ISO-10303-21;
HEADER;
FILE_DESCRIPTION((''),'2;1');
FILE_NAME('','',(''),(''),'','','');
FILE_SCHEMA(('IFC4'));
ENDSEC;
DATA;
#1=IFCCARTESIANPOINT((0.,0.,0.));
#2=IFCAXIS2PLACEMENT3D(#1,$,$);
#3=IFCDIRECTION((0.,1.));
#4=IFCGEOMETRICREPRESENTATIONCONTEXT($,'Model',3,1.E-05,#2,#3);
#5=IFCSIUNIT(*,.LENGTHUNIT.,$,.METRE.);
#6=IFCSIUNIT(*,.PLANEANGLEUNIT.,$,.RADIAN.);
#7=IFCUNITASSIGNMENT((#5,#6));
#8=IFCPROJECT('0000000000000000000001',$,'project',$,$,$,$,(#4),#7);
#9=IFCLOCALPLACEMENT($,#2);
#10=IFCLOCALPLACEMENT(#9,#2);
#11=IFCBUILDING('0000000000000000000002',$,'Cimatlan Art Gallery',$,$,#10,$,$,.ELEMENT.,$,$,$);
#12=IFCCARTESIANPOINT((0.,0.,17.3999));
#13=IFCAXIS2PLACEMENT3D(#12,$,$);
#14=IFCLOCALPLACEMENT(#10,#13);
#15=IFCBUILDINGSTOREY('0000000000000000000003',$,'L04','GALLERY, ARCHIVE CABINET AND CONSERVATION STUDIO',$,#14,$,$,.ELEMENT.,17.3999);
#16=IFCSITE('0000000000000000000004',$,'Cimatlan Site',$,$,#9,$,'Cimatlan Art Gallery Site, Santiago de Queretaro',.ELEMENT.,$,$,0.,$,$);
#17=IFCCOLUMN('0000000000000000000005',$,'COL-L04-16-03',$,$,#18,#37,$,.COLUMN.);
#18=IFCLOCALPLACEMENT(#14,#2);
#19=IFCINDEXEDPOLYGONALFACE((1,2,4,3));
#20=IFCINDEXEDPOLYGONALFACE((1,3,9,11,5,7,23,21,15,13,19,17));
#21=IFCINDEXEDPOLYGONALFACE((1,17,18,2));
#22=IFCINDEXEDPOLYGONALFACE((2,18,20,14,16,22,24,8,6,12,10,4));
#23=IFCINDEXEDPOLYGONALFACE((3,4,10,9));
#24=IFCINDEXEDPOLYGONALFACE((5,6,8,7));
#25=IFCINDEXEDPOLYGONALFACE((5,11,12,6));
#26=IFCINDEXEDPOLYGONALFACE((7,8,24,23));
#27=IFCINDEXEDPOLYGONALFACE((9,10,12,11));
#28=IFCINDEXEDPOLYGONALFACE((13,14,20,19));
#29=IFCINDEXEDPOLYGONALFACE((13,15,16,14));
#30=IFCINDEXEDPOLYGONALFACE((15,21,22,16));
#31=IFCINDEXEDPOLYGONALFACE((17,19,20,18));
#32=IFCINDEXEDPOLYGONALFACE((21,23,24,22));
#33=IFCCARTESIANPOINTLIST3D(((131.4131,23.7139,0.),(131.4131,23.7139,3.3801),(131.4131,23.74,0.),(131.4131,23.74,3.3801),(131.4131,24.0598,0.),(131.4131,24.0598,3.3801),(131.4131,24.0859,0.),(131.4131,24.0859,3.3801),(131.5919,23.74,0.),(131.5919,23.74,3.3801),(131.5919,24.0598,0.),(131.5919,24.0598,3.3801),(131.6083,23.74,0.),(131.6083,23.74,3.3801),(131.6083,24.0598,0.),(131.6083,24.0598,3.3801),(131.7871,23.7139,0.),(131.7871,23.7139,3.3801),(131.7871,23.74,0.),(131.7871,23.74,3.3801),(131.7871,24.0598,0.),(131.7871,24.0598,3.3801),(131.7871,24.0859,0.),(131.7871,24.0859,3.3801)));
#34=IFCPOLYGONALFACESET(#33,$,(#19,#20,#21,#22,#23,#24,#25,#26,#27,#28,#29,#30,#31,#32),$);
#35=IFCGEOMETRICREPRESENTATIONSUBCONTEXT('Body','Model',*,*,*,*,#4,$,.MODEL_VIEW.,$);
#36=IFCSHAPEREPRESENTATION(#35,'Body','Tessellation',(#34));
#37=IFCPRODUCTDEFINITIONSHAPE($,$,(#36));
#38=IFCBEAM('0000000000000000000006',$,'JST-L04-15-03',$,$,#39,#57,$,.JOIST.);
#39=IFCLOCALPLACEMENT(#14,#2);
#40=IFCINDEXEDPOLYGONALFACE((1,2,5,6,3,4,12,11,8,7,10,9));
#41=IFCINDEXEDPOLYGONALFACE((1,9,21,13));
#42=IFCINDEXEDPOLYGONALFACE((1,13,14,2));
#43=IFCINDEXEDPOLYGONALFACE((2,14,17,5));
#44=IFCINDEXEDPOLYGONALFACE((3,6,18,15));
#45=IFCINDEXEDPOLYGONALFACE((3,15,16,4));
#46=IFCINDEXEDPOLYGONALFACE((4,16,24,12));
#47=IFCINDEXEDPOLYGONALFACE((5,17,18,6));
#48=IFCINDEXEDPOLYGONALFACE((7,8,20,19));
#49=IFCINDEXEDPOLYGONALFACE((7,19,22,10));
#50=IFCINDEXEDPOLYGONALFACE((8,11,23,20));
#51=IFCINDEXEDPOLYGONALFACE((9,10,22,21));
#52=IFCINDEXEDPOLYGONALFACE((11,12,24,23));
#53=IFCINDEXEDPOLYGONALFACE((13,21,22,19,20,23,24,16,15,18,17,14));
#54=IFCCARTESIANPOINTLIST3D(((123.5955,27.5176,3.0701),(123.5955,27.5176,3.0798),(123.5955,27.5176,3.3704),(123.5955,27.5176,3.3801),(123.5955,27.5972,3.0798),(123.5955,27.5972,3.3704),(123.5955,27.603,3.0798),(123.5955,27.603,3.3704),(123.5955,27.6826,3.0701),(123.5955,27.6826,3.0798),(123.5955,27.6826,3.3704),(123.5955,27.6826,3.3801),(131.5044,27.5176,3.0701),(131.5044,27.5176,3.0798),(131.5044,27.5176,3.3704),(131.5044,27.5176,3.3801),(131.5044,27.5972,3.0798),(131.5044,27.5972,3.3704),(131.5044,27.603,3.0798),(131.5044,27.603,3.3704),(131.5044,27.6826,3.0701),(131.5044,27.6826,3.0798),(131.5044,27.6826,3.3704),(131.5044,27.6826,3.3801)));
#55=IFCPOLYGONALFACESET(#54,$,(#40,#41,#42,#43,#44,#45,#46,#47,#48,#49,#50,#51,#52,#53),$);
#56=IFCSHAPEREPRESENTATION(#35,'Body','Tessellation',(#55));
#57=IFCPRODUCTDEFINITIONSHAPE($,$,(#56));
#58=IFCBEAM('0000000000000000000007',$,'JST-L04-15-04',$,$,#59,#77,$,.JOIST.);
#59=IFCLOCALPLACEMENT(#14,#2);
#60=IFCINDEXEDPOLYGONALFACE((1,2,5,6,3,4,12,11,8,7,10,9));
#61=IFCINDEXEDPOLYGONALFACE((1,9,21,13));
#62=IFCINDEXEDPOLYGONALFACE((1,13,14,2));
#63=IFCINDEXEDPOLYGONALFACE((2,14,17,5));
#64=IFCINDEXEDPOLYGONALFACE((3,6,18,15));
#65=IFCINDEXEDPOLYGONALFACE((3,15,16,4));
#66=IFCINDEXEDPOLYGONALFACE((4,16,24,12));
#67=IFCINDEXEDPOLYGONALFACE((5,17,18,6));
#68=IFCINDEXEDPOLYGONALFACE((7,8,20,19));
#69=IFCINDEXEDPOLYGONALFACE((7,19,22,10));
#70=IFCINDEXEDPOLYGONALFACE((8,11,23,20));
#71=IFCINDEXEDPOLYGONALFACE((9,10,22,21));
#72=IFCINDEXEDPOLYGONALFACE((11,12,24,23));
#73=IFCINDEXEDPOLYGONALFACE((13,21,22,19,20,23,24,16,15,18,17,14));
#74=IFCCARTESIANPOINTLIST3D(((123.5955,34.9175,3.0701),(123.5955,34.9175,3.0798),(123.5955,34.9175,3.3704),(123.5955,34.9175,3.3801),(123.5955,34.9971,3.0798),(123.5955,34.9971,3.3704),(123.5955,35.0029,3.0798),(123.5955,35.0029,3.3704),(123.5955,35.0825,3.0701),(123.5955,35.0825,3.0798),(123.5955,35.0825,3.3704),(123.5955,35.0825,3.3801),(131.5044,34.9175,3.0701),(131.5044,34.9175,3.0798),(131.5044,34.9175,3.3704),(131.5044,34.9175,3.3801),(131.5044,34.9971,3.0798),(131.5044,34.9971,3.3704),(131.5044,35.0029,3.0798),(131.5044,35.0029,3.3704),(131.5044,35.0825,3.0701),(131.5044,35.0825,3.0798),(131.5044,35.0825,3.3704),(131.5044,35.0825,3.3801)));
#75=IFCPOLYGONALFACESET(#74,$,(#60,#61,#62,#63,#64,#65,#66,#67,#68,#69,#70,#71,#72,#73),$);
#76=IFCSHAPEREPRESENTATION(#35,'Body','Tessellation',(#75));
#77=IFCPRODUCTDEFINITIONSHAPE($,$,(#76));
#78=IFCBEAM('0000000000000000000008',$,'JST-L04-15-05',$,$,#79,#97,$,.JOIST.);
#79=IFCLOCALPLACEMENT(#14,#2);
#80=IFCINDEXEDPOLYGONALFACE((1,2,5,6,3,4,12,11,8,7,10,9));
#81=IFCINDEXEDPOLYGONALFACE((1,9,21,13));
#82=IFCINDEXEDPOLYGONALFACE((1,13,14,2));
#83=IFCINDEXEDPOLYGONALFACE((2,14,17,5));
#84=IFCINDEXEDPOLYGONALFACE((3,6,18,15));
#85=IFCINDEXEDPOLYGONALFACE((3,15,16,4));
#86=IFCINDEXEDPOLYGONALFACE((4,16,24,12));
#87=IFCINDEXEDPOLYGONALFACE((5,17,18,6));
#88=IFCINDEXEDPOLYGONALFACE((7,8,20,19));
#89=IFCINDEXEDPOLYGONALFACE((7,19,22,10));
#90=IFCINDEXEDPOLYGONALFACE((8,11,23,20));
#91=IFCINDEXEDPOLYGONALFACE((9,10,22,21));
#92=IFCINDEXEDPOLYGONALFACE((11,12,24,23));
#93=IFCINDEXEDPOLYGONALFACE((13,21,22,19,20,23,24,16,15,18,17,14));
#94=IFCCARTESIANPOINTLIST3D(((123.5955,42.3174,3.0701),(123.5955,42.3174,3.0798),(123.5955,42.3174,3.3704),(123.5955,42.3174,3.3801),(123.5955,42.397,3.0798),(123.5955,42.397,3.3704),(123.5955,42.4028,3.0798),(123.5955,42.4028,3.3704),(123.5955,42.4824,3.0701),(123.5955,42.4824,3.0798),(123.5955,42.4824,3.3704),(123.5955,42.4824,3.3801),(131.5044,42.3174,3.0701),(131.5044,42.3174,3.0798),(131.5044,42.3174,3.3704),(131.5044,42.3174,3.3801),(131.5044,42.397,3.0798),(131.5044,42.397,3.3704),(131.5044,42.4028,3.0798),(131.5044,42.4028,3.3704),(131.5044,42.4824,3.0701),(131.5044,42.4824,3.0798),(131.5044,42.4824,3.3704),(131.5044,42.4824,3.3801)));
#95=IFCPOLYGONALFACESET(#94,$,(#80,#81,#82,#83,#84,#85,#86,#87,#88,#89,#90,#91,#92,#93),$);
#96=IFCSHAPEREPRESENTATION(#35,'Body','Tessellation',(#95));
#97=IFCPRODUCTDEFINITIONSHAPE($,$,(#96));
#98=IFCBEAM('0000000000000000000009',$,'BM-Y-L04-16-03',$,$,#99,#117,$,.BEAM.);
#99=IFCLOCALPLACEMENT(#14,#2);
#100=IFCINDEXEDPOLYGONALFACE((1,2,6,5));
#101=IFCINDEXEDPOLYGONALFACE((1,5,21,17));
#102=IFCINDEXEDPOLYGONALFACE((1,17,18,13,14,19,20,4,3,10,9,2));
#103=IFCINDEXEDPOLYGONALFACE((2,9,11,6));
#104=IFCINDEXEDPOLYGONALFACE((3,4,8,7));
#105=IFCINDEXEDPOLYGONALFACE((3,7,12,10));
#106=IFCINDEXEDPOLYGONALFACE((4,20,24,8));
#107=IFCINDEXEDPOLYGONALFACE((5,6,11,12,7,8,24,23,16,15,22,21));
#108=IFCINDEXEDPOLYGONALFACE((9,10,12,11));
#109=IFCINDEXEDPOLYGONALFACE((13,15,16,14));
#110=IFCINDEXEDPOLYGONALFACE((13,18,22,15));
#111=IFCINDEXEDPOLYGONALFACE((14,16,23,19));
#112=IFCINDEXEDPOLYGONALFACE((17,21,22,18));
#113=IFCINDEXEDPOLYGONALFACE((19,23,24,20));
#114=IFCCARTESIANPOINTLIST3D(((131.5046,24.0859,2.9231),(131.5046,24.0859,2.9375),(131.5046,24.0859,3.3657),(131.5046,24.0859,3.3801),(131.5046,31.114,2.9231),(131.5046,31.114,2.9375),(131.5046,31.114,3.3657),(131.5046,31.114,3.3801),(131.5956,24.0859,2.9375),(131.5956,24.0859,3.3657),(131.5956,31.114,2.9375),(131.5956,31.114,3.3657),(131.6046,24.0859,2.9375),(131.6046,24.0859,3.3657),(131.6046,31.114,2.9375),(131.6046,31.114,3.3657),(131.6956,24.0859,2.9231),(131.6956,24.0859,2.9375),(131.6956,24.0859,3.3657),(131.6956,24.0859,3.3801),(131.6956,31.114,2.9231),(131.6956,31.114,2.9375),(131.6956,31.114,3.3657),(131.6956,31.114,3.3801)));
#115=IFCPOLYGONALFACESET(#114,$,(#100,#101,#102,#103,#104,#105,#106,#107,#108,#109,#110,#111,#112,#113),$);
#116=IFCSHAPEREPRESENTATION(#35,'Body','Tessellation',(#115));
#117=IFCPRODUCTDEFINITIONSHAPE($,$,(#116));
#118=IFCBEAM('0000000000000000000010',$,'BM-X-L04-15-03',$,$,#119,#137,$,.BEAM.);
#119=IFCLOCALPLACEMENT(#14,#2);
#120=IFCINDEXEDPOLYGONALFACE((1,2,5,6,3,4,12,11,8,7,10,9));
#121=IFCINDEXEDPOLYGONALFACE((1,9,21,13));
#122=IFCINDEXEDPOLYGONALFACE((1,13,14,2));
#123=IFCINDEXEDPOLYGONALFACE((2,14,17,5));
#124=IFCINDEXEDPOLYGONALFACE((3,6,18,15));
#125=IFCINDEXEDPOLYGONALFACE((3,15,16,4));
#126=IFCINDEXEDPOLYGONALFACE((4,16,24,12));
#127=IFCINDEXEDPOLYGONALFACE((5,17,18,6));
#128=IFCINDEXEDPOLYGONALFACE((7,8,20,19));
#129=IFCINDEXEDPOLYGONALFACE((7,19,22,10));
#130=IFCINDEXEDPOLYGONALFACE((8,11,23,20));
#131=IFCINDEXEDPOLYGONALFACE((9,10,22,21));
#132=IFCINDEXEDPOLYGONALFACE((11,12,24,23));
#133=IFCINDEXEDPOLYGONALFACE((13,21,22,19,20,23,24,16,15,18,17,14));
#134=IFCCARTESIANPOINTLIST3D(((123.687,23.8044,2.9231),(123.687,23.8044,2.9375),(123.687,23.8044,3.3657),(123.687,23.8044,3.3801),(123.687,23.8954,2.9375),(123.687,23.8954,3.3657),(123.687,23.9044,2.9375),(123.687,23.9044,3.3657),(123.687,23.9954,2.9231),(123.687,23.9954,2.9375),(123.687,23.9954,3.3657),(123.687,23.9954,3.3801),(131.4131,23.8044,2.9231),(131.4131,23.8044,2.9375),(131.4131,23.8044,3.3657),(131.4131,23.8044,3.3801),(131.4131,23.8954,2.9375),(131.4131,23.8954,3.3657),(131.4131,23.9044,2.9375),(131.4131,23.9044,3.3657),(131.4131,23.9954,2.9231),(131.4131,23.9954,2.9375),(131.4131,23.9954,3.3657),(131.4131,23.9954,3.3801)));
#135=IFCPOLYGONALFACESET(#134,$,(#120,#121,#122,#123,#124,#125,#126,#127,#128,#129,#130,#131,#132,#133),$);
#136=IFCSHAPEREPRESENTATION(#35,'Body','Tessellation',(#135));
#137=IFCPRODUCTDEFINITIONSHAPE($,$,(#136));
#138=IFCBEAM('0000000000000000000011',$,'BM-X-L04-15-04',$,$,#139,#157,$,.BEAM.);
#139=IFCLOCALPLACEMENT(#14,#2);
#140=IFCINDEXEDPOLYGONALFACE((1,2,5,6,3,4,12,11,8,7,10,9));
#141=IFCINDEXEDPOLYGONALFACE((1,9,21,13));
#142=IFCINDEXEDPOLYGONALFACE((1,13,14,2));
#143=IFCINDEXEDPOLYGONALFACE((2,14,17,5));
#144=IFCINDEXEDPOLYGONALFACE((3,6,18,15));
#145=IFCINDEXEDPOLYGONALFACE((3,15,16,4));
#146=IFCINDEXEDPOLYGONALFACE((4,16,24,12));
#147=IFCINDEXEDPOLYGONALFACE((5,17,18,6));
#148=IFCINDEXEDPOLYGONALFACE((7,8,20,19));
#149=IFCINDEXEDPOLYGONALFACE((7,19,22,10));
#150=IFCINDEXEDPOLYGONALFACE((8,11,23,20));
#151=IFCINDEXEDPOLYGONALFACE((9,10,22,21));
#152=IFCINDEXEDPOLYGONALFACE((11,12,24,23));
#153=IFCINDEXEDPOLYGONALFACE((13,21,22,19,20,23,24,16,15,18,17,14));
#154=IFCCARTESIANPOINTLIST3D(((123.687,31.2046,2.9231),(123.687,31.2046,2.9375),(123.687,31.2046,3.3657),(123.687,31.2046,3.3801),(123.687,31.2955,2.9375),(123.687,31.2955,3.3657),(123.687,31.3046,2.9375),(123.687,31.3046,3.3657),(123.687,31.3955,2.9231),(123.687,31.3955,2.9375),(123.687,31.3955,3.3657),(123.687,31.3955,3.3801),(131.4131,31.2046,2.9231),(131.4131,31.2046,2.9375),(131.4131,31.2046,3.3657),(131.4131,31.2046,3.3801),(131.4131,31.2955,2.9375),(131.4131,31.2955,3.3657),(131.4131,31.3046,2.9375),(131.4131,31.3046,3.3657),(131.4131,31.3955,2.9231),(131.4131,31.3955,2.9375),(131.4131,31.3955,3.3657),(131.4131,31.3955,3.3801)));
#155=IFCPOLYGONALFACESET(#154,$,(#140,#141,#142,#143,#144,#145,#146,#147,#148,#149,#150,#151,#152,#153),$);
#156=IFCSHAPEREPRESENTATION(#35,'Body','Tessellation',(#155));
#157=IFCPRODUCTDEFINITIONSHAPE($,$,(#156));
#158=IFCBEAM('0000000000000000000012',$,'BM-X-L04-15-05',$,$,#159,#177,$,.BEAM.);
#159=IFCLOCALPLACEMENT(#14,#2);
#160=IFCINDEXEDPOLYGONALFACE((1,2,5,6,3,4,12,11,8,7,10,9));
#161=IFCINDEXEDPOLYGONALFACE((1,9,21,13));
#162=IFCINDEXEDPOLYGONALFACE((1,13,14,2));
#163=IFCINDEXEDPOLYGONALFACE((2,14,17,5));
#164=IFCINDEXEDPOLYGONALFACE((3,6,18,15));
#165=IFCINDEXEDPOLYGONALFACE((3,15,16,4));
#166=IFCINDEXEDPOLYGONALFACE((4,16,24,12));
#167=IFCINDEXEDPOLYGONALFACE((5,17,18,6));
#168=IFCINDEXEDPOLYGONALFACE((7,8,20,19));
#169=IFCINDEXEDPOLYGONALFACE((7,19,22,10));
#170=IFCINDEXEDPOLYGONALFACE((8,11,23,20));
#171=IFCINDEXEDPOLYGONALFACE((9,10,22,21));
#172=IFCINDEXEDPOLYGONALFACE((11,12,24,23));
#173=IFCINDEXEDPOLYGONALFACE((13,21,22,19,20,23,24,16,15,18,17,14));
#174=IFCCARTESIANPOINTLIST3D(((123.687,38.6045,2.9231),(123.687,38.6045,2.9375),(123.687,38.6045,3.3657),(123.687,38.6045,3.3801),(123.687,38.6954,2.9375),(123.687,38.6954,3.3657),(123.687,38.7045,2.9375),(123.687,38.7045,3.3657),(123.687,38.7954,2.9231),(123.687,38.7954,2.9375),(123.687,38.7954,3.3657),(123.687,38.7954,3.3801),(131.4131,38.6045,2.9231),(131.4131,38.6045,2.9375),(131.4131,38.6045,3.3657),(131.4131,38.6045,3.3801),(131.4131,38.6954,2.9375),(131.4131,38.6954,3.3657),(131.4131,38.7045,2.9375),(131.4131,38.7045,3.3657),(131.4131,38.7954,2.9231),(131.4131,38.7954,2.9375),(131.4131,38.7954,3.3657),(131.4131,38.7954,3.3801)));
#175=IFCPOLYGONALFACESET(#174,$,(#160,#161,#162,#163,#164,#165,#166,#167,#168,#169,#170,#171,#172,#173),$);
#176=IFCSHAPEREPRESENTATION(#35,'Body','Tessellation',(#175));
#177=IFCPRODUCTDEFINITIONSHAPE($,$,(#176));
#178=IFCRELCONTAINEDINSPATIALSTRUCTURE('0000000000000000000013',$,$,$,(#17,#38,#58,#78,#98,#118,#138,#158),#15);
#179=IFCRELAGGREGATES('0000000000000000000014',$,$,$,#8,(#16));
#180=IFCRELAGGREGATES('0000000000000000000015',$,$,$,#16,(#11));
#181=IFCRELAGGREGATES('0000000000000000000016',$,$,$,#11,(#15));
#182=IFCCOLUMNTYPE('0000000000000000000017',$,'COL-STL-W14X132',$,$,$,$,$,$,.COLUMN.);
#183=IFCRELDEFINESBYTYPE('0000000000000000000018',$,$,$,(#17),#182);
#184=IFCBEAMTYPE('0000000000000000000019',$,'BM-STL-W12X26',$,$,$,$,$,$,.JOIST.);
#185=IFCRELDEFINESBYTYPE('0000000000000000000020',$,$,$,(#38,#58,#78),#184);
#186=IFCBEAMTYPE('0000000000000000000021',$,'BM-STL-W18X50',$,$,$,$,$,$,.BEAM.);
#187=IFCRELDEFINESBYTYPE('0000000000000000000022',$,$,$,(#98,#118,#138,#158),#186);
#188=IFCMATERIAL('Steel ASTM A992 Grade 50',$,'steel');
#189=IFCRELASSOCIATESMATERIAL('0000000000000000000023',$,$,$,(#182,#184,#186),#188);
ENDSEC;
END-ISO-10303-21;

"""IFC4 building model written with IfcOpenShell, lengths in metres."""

from ifc_helpers import new_model, si_unit, direction, frame, origin, origin_2d, place, context, subcontext, project, spatial, i_section, extrude, material, material_profile, profile_set, type_object, element, save


model = new_model("IFC4")

# Units and contexts
model_context = context("Model", 3, precision=1e-05, world=origin(), true_north=direction((0.0, 1.0)))
body_context = subcontext(model_context, "Body", "Model", "MODEL_VIEW")
ifc_project = project(units=[si_unit("LENGTHUNIT", "METRE"), si_unit("PLANEANGLEUNIT", "RADIAN")], contexts=[model_context])

# Site, building, storey
site_placement = place(None, origin())
site = spatial("IfcSite", under=ifc_project, at=site_placement, Name="Cimatlan Site", LongName="Cimatlan Art Gallery Site, Santiago de Queretaro", CompositionType="ELEMENT", RefElevation=0.0)
building_placement = place(site_placement, origin())
building = spatial("IfcBuilding", under=site, at=building_placement, Name="Cimatlan Art Gallery", CompositionType="ELEMENT")
storey_placement = place(building_placement, frame((0.0, 0.0, 17.3999)))
storey = spatial("IfcBuildingStorey", under=building, at=storey_placement, Name="L04", Description="GALLERY, ARCHIVE CABINET AND CONSERVATION STUDIO", CompositionType="ELEMENT", Elevation=17.3999)

# Column
ifc_material_1 = material(Name="Steel ASTM A992 Grade 50", Category="steel")
ifc_material_profile_1 = material_profile(ifc_material_1, i_section(OverallWidth=0.374, OverallDepth=0.3721, WebThickness=0.0164, FlangeThickness=0.0261, at=origin_2d()), Name="W14X132")
ifc_profile_set_1 = profile_set([ifc_material_profile_1], Name="Steel ASTM A992 Grade 50")
column_type = type_object("IfcColumnType", Name="COL-STL-W14X132", PredefinedType="COLUMN", material=ifc_profile_set_1)
column_placement = place(storey_placement, frame((131.6001, 23.8999, 0.0), z_axis=(0.0, 0.0, 1.0), x_axis=(1.0, 0.0, 0.0)))
element("IfcColumn", 1, at=column_placement, inside=storey, type_object=column_type, Name="COL-L04-16-03", PredefinedType="COLUMN", context=body_context, shape_type="SweptSolid", body=[
    extrude(i_section(OverallWidth=0.374, OverallDepth=0.3721, WebThickness=0.0164, FlangeThickness=0.0261, at=origin_2d()), origin(), (0.0, 0.0, 1.0), 3.3801),
])

# Beams
ifc_material_profile_2 = material_profile(ifc_material_1, i_section(OverallWidth=0.165, OverallDepth=0.3101, WebThickness=0.0059, FlangeThickness=0.0098, at=origin_2d()), Name="W12X26")
ifc_profile_set_2 = profile_set([ifc_material_profile_2], Name="Steel ASTM A992 Grade 50")
beam_type_1 = type_object("IfcBeamType", Name="BM-STL-W12X26", PredefinedType="JOIST", material=ifc_profile_set_2)
for number, where, z_axis, x_axis, name in (
    (2, (123.5955, 27.6001, 3.2251), (1.0, 0.0, 0.0), (0.0, 1.0, 0.0), "JST-L04-15-03"),
    (3, (123.5955, 35.0, 3.2251), (1.0, 0.0, 0.0), (0.0, 1.0, 0.0), "JST-L04-15-04"),
    (4, (123.5955, 42.3999, 3.2251), (1.0, 0.0, 0.0), (0.0, 1.0, 0.0), "JST-L04-15-05"),
):
    element("IfcBeam", number, at=place(storey_placement, frame(where, z_axis=z_axis, x_axis=x_axis)), inside=storey, type_object=beam_type_1, Name=name, PredefinedType="JOIST", context=body_context, shape_type="SweptSolid", body=[
        extrude(i_section(OverallWidth=0.165, OverallDepth=0.3101, WebThickness=0.0059, FlangeThickness=0.0098, at=origin_2d()), origin(), (0.0, 0.0, 1.0), 7.9089),
    ])
ifc_material_profile_3 = material_profile(ifc_material_1, i_section(OverallWidth=0.1909, OverallDepth=0.457, WebThickness=0.009, FlangeThickness=0.0144, at=origin_2d()), Name="W18X50")
ifc_profile_set_3 = profile_set([ifc_material_profile_3], Name="Steel ASTM A992 Grade 50")
beam_type_2 = type_object("IfcBeamType", Name="BM-STL-W18X50", PredefinedType="BEAM", material=ifc_profile_set_3)
beam_placement = place(storey_placement, frame((131.6001, 24.0859, 3.1516), z_axis=(0.0, 1.0, 0.0), x_axis=(-1.0, 0.0, 0.0)))
element("IfcBeam", 5, at=beam_placement, inside=storey, type_object=beam_type_2, Name="BM-Y-L04-16-03", PredefinedType="BEAM", context=body_context, shape_type="SweptSolid", body=[
    extrude(i_section(OverallWidth=0.1909, OverallDepth=0.457, WebThickness=0.009, FlangeThickness=0.0144, at=origin_2d()), origin(), (0.0, 0.0, 1.0), 7.0281),
])
for number, where, z_axis, x_axis, name in (
    (6, (123.687, 23.8999, 3.1516), (1.0, 0.0, 0.0), (0.0, 1.0, 0.0), "BM-X-L04-15-03"),
    (7, (123.687, 31.3, 3.1516), (1.0, 0.0, 0.0), (0.0, 1.0, 0.0), "BM-X-L04-15-04"),
    (8, (123.687, 38.7, 3.1516), (1.0, 0.0, 0.0), (0.0, 1.0, 0.0), "BM-X-L04-15-05"),
):
    element("IfcBeam", number, at=place(storey_placement, frame(where, z_axis=z_axis, x_axis=x_axis)), inside=storey, type_object=beam_type_2, Name=name, PredefinedType="BEAM", context=body_context, shape_type="SweptSolid", body=[
        extrude(i_section(OverallWidth=0.1909, OverallDepth=0.457, WebThickness=0.009, FlangeThickness=0.0144, at=origin_2d()), origin(), (0.0, 0.0, 1.0), 7.7261),
    ])

save(model, "model.ifc")
